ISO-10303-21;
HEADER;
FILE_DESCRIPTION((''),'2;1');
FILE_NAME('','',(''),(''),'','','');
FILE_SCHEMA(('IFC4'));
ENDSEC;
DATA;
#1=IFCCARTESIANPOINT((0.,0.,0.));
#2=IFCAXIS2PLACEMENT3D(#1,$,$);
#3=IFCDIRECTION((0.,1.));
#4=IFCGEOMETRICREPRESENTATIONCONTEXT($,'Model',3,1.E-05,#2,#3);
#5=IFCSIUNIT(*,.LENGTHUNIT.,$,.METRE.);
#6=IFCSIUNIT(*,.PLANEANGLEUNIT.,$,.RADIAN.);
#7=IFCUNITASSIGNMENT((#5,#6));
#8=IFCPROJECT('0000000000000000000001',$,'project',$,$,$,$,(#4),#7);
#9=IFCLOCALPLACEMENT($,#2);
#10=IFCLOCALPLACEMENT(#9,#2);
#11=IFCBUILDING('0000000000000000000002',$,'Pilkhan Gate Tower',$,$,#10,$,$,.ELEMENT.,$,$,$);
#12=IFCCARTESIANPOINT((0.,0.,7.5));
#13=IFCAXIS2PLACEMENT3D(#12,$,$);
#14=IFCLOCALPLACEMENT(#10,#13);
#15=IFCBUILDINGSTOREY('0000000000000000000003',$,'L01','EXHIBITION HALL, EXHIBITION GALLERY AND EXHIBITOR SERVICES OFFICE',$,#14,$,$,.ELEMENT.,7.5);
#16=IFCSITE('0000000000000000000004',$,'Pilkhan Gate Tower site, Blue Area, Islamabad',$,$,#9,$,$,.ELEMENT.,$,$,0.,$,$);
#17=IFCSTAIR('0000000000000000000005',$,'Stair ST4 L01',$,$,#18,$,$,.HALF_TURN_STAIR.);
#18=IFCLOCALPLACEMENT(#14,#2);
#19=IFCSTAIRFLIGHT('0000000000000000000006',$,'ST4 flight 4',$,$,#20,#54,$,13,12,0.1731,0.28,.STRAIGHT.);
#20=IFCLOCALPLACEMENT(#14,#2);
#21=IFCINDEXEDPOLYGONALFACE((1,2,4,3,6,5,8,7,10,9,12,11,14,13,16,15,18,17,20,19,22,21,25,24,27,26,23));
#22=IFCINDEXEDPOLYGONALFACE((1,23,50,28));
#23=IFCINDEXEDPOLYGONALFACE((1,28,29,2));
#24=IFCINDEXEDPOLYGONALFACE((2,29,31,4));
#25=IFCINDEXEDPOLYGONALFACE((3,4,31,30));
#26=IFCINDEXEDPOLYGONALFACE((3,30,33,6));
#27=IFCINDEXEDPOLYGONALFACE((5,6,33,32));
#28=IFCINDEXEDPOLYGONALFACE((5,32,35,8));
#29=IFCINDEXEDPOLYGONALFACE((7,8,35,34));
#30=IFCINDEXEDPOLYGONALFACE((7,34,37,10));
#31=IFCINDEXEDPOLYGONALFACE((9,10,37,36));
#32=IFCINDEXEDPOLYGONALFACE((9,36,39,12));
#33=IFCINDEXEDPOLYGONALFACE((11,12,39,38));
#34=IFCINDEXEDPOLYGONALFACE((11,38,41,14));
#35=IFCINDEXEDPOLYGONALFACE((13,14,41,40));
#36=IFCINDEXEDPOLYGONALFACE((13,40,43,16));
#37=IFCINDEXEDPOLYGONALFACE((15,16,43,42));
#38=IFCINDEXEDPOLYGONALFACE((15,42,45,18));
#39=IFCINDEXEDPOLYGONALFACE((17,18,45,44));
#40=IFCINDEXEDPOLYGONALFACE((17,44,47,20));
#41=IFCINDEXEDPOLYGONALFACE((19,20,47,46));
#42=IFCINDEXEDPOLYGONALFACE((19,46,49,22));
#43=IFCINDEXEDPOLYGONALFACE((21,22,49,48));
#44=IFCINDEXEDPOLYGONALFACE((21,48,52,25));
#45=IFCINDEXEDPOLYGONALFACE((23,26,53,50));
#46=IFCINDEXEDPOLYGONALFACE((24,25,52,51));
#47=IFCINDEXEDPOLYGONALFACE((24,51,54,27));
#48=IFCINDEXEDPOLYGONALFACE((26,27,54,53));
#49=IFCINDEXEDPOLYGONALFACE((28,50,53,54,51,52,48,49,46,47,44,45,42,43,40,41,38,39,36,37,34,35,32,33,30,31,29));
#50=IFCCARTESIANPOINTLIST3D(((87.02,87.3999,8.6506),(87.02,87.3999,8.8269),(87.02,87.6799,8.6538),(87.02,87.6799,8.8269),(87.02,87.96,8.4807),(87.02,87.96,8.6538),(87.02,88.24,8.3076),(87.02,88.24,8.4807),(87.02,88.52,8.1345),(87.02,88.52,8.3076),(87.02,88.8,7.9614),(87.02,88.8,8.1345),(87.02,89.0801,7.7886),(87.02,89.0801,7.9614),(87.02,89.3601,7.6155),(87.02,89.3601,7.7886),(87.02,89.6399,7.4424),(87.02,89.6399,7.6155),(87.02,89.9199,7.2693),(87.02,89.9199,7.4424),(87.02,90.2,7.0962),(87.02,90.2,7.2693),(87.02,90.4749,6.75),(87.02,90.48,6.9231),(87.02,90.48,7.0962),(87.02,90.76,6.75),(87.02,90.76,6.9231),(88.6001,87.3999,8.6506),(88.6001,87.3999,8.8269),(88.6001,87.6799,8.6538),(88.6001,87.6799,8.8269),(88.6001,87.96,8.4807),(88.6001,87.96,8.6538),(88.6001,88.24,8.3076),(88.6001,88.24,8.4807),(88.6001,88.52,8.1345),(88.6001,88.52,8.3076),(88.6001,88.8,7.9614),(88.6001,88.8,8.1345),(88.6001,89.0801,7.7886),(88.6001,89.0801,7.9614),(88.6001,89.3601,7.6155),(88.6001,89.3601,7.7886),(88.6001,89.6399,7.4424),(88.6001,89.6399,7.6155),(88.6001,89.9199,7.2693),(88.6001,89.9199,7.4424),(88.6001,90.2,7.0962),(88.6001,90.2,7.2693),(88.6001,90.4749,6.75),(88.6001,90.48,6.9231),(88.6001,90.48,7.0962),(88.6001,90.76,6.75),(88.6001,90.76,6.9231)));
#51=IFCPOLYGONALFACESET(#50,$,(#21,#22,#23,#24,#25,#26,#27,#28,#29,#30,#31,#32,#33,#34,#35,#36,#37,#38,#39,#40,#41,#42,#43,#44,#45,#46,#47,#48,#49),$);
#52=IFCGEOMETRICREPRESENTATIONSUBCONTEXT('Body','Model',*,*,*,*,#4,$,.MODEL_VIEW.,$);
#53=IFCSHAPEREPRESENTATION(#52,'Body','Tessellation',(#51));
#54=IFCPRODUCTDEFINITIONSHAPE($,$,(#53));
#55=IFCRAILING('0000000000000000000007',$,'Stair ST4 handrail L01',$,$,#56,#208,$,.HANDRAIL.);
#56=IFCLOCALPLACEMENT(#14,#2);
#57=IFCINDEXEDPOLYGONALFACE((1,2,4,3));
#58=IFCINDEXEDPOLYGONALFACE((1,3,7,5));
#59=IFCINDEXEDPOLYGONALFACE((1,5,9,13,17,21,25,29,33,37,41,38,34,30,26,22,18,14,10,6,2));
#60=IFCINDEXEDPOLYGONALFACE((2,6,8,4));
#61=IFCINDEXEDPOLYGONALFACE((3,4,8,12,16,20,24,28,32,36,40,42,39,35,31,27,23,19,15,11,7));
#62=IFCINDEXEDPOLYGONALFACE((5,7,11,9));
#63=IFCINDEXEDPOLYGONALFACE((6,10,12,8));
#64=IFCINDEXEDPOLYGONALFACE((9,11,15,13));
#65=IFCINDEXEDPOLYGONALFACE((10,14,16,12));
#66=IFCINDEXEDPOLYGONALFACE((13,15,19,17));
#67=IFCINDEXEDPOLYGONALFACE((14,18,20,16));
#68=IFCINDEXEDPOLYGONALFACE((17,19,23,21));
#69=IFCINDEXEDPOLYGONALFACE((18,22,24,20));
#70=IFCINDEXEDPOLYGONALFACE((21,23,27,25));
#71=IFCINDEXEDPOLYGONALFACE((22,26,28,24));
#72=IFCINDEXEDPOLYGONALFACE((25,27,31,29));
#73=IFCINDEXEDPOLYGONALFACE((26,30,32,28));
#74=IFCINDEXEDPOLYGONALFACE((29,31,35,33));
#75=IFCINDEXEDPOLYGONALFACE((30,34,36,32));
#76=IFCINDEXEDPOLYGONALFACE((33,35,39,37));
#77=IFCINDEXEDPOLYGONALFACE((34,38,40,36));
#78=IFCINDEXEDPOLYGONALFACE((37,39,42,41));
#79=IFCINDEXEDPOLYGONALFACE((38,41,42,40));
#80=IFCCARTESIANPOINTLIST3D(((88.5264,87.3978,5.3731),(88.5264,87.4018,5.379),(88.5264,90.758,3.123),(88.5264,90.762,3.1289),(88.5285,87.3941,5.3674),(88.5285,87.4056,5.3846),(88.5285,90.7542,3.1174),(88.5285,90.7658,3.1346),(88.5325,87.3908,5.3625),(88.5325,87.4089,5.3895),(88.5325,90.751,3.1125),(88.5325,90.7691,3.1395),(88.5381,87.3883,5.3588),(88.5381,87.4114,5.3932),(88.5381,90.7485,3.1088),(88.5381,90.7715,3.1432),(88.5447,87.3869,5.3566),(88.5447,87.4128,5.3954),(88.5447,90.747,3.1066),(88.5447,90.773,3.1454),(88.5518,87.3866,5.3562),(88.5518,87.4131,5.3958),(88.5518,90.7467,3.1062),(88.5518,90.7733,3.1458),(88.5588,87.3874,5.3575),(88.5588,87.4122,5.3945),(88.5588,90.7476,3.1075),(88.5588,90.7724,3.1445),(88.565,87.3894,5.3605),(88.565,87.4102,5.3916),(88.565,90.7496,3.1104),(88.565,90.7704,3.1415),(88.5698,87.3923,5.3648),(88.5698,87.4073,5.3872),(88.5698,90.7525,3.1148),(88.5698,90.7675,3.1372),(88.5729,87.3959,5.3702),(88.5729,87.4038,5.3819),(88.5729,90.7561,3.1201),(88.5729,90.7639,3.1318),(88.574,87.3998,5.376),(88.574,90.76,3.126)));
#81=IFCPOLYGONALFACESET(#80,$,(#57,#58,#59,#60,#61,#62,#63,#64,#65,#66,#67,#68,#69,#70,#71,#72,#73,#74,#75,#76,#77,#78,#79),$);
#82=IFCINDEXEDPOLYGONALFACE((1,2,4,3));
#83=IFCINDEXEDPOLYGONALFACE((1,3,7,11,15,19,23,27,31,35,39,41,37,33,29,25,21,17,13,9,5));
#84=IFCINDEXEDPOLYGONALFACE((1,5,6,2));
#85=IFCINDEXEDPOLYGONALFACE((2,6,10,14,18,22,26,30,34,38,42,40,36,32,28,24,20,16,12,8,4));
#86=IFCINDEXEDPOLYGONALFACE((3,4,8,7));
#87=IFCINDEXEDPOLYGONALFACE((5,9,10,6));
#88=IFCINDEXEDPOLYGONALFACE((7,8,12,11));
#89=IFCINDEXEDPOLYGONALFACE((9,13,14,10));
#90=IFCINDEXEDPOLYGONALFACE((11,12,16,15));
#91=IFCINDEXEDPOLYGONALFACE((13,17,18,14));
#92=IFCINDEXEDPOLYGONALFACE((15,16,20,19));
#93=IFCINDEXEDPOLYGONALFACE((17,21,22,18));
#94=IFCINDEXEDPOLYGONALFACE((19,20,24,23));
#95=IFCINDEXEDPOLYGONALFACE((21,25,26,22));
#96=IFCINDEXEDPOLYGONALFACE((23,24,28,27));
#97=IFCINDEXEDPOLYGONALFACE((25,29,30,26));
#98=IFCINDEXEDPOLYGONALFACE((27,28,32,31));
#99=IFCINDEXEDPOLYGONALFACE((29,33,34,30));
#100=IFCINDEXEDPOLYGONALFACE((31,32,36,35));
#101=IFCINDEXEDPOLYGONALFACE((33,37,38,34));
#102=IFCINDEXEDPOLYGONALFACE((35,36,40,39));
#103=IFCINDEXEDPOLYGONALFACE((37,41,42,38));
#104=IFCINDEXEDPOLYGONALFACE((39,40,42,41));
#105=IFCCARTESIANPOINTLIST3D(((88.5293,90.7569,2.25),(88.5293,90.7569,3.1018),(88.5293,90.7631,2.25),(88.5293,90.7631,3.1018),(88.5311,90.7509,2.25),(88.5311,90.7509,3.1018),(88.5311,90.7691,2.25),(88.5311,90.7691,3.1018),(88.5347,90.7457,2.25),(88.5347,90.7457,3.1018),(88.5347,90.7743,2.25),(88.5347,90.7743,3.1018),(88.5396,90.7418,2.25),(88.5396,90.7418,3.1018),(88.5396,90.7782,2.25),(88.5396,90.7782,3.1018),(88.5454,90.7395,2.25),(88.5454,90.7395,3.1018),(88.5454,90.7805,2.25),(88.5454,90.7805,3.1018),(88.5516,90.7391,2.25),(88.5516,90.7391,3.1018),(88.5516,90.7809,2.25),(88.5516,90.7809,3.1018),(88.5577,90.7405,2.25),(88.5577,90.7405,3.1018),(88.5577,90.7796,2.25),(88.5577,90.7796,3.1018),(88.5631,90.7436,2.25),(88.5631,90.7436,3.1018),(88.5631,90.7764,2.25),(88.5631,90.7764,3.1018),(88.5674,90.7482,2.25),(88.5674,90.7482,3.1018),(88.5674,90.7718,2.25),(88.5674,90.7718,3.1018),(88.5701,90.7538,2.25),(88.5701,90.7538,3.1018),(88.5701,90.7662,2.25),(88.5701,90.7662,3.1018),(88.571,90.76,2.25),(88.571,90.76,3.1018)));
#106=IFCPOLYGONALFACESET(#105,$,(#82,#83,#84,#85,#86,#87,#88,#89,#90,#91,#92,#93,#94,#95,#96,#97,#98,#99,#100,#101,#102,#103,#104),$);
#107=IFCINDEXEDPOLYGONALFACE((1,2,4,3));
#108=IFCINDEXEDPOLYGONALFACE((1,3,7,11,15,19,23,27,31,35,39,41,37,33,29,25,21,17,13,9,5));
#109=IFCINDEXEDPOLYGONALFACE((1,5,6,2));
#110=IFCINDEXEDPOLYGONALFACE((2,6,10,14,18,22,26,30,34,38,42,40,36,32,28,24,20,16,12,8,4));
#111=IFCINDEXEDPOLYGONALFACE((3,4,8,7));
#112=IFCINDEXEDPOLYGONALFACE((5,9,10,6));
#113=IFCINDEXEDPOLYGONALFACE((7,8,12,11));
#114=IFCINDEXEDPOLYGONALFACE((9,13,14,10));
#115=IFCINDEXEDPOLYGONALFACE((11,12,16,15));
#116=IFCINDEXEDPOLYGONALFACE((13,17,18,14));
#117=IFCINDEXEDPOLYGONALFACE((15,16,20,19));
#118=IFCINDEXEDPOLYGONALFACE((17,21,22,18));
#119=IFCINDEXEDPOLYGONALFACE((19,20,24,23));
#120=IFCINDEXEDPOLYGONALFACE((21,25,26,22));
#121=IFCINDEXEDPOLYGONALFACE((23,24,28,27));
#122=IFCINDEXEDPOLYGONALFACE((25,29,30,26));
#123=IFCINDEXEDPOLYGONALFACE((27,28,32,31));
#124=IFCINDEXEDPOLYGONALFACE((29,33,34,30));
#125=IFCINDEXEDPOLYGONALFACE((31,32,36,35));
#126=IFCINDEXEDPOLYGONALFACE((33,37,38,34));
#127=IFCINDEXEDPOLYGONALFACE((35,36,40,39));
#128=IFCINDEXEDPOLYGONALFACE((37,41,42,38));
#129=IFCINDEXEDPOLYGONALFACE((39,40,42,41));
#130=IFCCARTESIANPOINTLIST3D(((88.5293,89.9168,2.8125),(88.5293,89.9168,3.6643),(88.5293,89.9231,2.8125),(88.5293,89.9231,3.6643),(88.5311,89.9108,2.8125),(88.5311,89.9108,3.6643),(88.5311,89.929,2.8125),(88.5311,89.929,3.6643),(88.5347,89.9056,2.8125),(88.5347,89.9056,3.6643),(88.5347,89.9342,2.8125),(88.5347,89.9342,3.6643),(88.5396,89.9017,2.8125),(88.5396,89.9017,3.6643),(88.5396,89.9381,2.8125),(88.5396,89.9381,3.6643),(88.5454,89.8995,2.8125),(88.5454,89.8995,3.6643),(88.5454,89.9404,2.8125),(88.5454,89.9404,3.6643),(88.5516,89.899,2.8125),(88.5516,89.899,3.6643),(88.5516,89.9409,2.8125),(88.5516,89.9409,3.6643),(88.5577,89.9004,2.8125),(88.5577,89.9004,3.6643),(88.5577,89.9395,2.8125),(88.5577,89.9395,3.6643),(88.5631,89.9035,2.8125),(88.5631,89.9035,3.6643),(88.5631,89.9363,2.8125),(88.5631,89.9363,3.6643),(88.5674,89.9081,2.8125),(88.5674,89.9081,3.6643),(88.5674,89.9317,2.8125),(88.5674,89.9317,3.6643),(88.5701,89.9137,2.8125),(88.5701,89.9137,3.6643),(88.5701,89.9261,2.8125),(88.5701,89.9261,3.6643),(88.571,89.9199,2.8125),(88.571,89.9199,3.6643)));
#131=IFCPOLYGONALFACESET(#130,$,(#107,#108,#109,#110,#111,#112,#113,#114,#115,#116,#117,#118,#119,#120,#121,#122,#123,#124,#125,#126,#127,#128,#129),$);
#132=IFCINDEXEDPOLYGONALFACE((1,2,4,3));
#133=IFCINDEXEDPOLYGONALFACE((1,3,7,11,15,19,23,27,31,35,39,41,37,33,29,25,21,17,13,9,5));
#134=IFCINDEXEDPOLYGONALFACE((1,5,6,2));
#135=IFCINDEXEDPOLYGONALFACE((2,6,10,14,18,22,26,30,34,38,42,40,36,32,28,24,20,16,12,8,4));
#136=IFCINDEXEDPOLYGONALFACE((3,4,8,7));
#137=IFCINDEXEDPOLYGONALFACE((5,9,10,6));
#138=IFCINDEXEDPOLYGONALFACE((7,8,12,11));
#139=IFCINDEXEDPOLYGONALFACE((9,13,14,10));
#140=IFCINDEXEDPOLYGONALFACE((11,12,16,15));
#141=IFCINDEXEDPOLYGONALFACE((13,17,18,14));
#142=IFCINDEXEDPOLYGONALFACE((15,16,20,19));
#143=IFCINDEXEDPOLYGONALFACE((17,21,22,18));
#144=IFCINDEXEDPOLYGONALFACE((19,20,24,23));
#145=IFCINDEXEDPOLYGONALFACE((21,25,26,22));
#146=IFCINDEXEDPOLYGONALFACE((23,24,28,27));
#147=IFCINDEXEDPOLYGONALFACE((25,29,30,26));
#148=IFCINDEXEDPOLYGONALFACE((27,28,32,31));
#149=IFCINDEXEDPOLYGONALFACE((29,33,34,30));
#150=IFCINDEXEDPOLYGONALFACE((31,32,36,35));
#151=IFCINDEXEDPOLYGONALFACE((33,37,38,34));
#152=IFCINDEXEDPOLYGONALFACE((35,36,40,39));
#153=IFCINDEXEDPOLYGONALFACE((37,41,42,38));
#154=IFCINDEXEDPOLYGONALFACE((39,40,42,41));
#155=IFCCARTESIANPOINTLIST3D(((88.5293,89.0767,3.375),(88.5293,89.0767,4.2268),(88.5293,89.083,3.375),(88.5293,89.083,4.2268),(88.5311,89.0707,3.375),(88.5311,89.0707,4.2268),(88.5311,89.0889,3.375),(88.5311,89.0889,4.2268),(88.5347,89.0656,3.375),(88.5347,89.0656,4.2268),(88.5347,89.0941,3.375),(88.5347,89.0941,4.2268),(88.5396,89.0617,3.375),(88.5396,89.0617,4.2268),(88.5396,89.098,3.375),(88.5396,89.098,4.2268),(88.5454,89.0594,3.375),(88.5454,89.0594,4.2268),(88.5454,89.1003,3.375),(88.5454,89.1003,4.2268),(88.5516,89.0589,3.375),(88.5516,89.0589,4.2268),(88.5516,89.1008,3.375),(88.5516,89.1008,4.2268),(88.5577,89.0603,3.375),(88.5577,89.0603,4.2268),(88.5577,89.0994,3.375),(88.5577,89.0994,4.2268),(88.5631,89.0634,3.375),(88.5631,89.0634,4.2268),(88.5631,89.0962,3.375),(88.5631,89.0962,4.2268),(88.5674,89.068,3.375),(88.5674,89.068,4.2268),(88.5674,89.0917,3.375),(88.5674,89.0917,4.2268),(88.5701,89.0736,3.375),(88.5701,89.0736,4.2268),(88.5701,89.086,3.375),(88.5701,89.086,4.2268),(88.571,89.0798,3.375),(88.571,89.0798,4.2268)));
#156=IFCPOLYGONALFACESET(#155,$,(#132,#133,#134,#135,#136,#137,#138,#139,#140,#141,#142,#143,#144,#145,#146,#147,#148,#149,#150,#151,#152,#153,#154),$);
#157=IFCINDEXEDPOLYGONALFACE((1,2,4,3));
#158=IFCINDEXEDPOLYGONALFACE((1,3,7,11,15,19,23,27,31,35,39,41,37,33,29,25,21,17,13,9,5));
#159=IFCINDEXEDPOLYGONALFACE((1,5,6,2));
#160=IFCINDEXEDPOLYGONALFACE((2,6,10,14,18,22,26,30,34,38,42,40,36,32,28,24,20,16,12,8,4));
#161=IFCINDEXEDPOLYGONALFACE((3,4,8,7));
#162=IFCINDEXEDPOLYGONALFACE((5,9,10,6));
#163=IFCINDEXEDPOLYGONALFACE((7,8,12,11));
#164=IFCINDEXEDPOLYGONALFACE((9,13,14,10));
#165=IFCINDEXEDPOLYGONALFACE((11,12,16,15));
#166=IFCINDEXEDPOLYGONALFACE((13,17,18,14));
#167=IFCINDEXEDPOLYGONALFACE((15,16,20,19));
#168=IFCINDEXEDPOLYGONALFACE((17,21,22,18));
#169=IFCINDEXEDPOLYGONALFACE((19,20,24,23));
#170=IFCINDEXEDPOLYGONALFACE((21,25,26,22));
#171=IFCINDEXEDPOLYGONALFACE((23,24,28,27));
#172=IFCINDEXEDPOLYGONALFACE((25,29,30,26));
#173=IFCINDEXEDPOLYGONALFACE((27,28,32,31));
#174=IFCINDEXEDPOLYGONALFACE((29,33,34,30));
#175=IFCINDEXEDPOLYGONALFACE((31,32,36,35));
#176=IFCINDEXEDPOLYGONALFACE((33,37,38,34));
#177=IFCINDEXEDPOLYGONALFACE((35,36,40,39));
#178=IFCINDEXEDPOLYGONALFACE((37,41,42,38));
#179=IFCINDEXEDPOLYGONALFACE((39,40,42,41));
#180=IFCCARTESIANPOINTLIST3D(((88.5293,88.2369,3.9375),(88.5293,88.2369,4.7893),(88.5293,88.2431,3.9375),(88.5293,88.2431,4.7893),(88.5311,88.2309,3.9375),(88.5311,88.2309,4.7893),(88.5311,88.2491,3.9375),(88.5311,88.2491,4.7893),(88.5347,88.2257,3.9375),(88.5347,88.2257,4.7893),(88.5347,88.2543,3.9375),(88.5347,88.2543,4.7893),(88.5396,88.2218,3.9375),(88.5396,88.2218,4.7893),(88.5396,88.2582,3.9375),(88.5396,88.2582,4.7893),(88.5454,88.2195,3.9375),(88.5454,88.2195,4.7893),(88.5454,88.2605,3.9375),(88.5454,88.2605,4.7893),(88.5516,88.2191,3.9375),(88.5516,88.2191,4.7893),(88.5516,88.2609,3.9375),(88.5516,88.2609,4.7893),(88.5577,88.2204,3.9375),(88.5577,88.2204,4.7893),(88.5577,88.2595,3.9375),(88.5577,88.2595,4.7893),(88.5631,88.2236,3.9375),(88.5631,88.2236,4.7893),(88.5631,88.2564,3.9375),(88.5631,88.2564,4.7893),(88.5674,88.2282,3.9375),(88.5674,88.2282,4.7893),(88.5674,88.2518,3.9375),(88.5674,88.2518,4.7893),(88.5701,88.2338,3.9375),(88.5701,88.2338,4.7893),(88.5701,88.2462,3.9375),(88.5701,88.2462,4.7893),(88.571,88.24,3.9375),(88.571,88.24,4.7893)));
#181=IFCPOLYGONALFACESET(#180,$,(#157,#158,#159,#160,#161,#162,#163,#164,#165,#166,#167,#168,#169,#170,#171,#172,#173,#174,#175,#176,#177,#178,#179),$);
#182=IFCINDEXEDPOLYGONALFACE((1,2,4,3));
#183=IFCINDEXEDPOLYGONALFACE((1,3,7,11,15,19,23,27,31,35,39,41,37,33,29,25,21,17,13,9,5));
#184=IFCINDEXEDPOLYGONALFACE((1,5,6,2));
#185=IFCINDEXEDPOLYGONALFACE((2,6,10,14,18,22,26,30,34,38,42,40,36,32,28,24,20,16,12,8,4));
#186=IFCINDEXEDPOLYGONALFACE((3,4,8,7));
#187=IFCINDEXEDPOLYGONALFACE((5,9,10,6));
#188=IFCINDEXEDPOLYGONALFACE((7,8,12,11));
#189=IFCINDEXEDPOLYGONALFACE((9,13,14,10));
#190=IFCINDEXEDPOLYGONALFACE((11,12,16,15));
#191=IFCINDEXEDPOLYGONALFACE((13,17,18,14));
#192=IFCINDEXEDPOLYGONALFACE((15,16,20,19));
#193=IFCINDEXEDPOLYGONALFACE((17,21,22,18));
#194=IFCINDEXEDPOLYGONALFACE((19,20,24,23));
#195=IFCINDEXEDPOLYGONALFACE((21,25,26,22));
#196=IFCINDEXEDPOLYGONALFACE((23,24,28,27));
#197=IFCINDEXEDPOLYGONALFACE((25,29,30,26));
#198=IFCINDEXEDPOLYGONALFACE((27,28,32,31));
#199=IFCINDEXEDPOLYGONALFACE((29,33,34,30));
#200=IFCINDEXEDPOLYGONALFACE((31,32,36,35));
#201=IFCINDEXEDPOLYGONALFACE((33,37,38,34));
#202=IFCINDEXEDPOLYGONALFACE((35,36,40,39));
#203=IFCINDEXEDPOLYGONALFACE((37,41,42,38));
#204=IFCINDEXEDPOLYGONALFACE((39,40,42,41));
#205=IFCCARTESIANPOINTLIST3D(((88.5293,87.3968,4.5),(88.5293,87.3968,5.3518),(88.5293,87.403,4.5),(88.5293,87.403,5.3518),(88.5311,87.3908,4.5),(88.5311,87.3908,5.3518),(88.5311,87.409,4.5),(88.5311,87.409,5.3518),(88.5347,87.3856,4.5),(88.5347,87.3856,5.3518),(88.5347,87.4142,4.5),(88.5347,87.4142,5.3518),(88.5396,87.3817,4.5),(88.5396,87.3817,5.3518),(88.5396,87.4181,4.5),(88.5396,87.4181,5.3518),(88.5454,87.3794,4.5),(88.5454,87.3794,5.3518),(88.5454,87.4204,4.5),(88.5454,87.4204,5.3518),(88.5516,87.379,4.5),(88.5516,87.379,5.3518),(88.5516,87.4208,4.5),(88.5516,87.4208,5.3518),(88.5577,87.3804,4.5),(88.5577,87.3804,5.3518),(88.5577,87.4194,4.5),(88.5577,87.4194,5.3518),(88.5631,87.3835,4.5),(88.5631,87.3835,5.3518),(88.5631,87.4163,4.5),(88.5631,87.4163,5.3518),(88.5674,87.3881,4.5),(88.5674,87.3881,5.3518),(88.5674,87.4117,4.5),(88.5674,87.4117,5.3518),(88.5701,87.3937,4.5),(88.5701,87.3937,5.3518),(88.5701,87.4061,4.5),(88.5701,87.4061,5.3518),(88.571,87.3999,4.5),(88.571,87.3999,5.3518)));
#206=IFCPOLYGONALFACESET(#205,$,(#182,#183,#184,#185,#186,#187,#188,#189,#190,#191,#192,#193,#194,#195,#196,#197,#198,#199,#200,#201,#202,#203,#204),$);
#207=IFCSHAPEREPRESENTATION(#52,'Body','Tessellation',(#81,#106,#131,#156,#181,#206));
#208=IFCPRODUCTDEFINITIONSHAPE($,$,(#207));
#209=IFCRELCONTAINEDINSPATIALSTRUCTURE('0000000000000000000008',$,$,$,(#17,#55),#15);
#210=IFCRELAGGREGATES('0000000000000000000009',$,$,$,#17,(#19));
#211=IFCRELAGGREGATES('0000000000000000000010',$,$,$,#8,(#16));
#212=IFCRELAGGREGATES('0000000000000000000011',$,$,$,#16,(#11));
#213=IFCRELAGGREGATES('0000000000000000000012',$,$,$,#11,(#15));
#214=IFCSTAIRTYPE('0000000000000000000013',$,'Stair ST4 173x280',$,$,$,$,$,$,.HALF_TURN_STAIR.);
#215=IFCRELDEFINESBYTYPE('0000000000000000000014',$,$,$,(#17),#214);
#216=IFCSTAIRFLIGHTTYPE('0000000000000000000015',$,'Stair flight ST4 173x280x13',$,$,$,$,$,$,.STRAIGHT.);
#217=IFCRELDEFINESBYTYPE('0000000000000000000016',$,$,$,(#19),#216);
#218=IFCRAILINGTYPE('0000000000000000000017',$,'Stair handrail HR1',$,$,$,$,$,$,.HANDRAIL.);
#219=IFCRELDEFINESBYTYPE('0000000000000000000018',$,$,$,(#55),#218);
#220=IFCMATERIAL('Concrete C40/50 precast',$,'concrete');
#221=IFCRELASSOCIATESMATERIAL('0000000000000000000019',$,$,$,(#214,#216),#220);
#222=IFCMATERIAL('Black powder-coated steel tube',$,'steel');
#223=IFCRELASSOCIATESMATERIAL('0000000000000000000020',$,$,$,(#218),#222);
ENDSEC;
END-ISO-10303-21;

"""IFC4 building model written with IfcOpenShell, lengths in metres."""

from ifc_helpers import new_model, si_unit, direction, frame, origin, origin_2d, place, context, subcontext, project, spatial, polyline, circle, outline, extrude, material, type_object, element, aggregate, save


model = new_model("IFC4")

# Units and contexts
model_context = context("Model", 3, precision=1e-05, world=origin(), true_north=direction((0.0, 1.0)))
body_context = subcontext(model_context, "Body", "Model", "MODEL_VIEW")
ifc_project = project(units=[si_unit("LENGTHUNIT", "METRE"), si_unit("PLANEANGLEUNIT", "RADIAN")], contexts=[model_context])

# Site, building, storey
site_placement = place(None, origin())
site = spatial("IfcSite", under=ifc_project, at=site_placement, Name="Pilkhan Gate Tower site, Blue Area, Islamabad", CompositionType="ELEMENT", RefElevation=0.0)
building_placement = place(site_placement, origin())
building = spatial("IfcBuilding", under=site, at=building_placement, Name="Pilkhan Gate Tower", CompositionType="ELEMENT")
storey_placement = place(building_placement, frame((0.0, 0.0, 7.5)))
storey = spatial("IfcBuildingStorey", under=building, at=storey_placement, Name="L01", Description="EXHIBITION HALL, EXHIBITION GALLERY AND EXHIBITOR SERVICES OFFICE", CompositionType="ELEMENT", Elevation=7.5)

# Stair, stair flight
ifc_material_1 = material(Name="Concrete C40/50 precast", Category="concrete")
stair_type = type_object("IfcStairType", Name="Stair ST4 173x280", PredefinedType="HALF_TURN_STAIR", material=ifc_material_1)
stair_placement = place(storey_placement, origin())
stair = element("IfcStair", 1, at=stair_placement, inside=storey, type_object=stair_type, Name="Stair ST4 L01", PredefinedType="HALF_TURN_STAIR")
stair_flight_type = type_object("IfcStairFlightType", Name="Stair flight ST4 173x280x13", PredefinedType="STRAIGHT", material=ifc_material_1)
stair_flight_1_placement = place(storey_placement, frame((87.8101, 90.76, 6.75), z_axis=(0.0, 0.0, 1.0), x_axis=(0.0, -1.0, 0.0)))
stair_flight_1 = element("IfcStairFlight", 2, at=stair_flight_1_placement, type_object=stair_flight_type, Name="ST4 flight 4", NumberOfRisers=13, NumberOfTreads=12, PredefinedType="STRAIGHT", RiserHeight=0.1731, TreadLength=0.28, context=body_context, shape_type="SweptSolid", body=[
    extrude(outline(polyline([(0.0, 0.0), (0.0, 0.1731), (0.28, 0.1731), (0.28, 0.3462), (0.5601, 0.3462), (0.5601, 0.5193), (0.8401, 0.5193), (0.8401, 0.6924), (1.1201, 0.6924), (1.1201, 0.8655), (1.3999, 0.8655), (1.3999, 1.0386), (1.6799, 1.0386), (1.6799, 1.2114), (1.96, 1.2114), (1.96, 1.3845), (2.24, 1.3845), (2.24, 1.5576), (2.52, 1.5576), (2.52, 1.7307), (2.8, 1.7307), (2.8, 1.9038), (3.0801, 1.9038), (3.0801, 2.0769), (3.3601, 2.0769), (3.3601, 2.25), (3.3601, 1.9006), (0.2852, 0.0), (0.0, 0.0)])), frame((0.0, 0.79, 0.0), z_axis=(0.0, -1.0, 0.0), x_axis=(1.0, 0.0, 0.0)), (0.0, 0.0, 1.0), 1.5801),
])
aggregate(stair, [stair_flight_1])

# Railing
ifc_material_2 = material(Name="Black powder-coated steel tube", Category="steel")
railing_type_1 = type_object("IfcRailingType", Name="Stair handrail HR1", PredefinedType="HANDRAIL", material=ifc_material_2)
for number, where, name in (
    (3, (88.55, 90.76, 2.25), "Stair ST4 handrail L01"),
):
    element("IfcRailing", number, at=place(storey_placement, frame(where)), inside=storey, type_object=railing_type_1, Name=name, PredefinedType="HANDRAIL", context=body_context, shape_type="SweptSolid", body=[
        extrude(circle(Radius=0.0239, at=origin_2d()), frame((0.0, 0.0, 0.876), z_axis=(0.0, -0.830915, 0.556399), x_axis=(1.0, 0.0, 0.0)), (0.0, 0.0, 1.0), 4.0439),
        extrude(circle(Radius=0.021, at=origin_2d()), origin(), (0.0, 0.0, 1.0), 0.8518),
        extrude(circle(Radius=0.021, at=origin_2d()), frame((0.0, -0.8401, 0.5625)), (0.0, 0.0, 1.0), 0.8518),
        extrude(circle(Radius=0.021, at=origin_2d()), frame((0.0, -1.6802, 1.125)), (0.0, 0.0, 1.0), 0.8518),
        extrude(circle(Radius=0.021, at=origin_2d()), frame((0.0, -2.52, 1.6875)), (0.0, 0.0, 1.0), 0.8518),
        extrude(circle(Radius=0.021, at=origin_2d()), frame((0.0, -3.3601, 2.25)), (0.0, 0.0, 1.0), 0.8518),
    ])

save(model, "model.ifc")
